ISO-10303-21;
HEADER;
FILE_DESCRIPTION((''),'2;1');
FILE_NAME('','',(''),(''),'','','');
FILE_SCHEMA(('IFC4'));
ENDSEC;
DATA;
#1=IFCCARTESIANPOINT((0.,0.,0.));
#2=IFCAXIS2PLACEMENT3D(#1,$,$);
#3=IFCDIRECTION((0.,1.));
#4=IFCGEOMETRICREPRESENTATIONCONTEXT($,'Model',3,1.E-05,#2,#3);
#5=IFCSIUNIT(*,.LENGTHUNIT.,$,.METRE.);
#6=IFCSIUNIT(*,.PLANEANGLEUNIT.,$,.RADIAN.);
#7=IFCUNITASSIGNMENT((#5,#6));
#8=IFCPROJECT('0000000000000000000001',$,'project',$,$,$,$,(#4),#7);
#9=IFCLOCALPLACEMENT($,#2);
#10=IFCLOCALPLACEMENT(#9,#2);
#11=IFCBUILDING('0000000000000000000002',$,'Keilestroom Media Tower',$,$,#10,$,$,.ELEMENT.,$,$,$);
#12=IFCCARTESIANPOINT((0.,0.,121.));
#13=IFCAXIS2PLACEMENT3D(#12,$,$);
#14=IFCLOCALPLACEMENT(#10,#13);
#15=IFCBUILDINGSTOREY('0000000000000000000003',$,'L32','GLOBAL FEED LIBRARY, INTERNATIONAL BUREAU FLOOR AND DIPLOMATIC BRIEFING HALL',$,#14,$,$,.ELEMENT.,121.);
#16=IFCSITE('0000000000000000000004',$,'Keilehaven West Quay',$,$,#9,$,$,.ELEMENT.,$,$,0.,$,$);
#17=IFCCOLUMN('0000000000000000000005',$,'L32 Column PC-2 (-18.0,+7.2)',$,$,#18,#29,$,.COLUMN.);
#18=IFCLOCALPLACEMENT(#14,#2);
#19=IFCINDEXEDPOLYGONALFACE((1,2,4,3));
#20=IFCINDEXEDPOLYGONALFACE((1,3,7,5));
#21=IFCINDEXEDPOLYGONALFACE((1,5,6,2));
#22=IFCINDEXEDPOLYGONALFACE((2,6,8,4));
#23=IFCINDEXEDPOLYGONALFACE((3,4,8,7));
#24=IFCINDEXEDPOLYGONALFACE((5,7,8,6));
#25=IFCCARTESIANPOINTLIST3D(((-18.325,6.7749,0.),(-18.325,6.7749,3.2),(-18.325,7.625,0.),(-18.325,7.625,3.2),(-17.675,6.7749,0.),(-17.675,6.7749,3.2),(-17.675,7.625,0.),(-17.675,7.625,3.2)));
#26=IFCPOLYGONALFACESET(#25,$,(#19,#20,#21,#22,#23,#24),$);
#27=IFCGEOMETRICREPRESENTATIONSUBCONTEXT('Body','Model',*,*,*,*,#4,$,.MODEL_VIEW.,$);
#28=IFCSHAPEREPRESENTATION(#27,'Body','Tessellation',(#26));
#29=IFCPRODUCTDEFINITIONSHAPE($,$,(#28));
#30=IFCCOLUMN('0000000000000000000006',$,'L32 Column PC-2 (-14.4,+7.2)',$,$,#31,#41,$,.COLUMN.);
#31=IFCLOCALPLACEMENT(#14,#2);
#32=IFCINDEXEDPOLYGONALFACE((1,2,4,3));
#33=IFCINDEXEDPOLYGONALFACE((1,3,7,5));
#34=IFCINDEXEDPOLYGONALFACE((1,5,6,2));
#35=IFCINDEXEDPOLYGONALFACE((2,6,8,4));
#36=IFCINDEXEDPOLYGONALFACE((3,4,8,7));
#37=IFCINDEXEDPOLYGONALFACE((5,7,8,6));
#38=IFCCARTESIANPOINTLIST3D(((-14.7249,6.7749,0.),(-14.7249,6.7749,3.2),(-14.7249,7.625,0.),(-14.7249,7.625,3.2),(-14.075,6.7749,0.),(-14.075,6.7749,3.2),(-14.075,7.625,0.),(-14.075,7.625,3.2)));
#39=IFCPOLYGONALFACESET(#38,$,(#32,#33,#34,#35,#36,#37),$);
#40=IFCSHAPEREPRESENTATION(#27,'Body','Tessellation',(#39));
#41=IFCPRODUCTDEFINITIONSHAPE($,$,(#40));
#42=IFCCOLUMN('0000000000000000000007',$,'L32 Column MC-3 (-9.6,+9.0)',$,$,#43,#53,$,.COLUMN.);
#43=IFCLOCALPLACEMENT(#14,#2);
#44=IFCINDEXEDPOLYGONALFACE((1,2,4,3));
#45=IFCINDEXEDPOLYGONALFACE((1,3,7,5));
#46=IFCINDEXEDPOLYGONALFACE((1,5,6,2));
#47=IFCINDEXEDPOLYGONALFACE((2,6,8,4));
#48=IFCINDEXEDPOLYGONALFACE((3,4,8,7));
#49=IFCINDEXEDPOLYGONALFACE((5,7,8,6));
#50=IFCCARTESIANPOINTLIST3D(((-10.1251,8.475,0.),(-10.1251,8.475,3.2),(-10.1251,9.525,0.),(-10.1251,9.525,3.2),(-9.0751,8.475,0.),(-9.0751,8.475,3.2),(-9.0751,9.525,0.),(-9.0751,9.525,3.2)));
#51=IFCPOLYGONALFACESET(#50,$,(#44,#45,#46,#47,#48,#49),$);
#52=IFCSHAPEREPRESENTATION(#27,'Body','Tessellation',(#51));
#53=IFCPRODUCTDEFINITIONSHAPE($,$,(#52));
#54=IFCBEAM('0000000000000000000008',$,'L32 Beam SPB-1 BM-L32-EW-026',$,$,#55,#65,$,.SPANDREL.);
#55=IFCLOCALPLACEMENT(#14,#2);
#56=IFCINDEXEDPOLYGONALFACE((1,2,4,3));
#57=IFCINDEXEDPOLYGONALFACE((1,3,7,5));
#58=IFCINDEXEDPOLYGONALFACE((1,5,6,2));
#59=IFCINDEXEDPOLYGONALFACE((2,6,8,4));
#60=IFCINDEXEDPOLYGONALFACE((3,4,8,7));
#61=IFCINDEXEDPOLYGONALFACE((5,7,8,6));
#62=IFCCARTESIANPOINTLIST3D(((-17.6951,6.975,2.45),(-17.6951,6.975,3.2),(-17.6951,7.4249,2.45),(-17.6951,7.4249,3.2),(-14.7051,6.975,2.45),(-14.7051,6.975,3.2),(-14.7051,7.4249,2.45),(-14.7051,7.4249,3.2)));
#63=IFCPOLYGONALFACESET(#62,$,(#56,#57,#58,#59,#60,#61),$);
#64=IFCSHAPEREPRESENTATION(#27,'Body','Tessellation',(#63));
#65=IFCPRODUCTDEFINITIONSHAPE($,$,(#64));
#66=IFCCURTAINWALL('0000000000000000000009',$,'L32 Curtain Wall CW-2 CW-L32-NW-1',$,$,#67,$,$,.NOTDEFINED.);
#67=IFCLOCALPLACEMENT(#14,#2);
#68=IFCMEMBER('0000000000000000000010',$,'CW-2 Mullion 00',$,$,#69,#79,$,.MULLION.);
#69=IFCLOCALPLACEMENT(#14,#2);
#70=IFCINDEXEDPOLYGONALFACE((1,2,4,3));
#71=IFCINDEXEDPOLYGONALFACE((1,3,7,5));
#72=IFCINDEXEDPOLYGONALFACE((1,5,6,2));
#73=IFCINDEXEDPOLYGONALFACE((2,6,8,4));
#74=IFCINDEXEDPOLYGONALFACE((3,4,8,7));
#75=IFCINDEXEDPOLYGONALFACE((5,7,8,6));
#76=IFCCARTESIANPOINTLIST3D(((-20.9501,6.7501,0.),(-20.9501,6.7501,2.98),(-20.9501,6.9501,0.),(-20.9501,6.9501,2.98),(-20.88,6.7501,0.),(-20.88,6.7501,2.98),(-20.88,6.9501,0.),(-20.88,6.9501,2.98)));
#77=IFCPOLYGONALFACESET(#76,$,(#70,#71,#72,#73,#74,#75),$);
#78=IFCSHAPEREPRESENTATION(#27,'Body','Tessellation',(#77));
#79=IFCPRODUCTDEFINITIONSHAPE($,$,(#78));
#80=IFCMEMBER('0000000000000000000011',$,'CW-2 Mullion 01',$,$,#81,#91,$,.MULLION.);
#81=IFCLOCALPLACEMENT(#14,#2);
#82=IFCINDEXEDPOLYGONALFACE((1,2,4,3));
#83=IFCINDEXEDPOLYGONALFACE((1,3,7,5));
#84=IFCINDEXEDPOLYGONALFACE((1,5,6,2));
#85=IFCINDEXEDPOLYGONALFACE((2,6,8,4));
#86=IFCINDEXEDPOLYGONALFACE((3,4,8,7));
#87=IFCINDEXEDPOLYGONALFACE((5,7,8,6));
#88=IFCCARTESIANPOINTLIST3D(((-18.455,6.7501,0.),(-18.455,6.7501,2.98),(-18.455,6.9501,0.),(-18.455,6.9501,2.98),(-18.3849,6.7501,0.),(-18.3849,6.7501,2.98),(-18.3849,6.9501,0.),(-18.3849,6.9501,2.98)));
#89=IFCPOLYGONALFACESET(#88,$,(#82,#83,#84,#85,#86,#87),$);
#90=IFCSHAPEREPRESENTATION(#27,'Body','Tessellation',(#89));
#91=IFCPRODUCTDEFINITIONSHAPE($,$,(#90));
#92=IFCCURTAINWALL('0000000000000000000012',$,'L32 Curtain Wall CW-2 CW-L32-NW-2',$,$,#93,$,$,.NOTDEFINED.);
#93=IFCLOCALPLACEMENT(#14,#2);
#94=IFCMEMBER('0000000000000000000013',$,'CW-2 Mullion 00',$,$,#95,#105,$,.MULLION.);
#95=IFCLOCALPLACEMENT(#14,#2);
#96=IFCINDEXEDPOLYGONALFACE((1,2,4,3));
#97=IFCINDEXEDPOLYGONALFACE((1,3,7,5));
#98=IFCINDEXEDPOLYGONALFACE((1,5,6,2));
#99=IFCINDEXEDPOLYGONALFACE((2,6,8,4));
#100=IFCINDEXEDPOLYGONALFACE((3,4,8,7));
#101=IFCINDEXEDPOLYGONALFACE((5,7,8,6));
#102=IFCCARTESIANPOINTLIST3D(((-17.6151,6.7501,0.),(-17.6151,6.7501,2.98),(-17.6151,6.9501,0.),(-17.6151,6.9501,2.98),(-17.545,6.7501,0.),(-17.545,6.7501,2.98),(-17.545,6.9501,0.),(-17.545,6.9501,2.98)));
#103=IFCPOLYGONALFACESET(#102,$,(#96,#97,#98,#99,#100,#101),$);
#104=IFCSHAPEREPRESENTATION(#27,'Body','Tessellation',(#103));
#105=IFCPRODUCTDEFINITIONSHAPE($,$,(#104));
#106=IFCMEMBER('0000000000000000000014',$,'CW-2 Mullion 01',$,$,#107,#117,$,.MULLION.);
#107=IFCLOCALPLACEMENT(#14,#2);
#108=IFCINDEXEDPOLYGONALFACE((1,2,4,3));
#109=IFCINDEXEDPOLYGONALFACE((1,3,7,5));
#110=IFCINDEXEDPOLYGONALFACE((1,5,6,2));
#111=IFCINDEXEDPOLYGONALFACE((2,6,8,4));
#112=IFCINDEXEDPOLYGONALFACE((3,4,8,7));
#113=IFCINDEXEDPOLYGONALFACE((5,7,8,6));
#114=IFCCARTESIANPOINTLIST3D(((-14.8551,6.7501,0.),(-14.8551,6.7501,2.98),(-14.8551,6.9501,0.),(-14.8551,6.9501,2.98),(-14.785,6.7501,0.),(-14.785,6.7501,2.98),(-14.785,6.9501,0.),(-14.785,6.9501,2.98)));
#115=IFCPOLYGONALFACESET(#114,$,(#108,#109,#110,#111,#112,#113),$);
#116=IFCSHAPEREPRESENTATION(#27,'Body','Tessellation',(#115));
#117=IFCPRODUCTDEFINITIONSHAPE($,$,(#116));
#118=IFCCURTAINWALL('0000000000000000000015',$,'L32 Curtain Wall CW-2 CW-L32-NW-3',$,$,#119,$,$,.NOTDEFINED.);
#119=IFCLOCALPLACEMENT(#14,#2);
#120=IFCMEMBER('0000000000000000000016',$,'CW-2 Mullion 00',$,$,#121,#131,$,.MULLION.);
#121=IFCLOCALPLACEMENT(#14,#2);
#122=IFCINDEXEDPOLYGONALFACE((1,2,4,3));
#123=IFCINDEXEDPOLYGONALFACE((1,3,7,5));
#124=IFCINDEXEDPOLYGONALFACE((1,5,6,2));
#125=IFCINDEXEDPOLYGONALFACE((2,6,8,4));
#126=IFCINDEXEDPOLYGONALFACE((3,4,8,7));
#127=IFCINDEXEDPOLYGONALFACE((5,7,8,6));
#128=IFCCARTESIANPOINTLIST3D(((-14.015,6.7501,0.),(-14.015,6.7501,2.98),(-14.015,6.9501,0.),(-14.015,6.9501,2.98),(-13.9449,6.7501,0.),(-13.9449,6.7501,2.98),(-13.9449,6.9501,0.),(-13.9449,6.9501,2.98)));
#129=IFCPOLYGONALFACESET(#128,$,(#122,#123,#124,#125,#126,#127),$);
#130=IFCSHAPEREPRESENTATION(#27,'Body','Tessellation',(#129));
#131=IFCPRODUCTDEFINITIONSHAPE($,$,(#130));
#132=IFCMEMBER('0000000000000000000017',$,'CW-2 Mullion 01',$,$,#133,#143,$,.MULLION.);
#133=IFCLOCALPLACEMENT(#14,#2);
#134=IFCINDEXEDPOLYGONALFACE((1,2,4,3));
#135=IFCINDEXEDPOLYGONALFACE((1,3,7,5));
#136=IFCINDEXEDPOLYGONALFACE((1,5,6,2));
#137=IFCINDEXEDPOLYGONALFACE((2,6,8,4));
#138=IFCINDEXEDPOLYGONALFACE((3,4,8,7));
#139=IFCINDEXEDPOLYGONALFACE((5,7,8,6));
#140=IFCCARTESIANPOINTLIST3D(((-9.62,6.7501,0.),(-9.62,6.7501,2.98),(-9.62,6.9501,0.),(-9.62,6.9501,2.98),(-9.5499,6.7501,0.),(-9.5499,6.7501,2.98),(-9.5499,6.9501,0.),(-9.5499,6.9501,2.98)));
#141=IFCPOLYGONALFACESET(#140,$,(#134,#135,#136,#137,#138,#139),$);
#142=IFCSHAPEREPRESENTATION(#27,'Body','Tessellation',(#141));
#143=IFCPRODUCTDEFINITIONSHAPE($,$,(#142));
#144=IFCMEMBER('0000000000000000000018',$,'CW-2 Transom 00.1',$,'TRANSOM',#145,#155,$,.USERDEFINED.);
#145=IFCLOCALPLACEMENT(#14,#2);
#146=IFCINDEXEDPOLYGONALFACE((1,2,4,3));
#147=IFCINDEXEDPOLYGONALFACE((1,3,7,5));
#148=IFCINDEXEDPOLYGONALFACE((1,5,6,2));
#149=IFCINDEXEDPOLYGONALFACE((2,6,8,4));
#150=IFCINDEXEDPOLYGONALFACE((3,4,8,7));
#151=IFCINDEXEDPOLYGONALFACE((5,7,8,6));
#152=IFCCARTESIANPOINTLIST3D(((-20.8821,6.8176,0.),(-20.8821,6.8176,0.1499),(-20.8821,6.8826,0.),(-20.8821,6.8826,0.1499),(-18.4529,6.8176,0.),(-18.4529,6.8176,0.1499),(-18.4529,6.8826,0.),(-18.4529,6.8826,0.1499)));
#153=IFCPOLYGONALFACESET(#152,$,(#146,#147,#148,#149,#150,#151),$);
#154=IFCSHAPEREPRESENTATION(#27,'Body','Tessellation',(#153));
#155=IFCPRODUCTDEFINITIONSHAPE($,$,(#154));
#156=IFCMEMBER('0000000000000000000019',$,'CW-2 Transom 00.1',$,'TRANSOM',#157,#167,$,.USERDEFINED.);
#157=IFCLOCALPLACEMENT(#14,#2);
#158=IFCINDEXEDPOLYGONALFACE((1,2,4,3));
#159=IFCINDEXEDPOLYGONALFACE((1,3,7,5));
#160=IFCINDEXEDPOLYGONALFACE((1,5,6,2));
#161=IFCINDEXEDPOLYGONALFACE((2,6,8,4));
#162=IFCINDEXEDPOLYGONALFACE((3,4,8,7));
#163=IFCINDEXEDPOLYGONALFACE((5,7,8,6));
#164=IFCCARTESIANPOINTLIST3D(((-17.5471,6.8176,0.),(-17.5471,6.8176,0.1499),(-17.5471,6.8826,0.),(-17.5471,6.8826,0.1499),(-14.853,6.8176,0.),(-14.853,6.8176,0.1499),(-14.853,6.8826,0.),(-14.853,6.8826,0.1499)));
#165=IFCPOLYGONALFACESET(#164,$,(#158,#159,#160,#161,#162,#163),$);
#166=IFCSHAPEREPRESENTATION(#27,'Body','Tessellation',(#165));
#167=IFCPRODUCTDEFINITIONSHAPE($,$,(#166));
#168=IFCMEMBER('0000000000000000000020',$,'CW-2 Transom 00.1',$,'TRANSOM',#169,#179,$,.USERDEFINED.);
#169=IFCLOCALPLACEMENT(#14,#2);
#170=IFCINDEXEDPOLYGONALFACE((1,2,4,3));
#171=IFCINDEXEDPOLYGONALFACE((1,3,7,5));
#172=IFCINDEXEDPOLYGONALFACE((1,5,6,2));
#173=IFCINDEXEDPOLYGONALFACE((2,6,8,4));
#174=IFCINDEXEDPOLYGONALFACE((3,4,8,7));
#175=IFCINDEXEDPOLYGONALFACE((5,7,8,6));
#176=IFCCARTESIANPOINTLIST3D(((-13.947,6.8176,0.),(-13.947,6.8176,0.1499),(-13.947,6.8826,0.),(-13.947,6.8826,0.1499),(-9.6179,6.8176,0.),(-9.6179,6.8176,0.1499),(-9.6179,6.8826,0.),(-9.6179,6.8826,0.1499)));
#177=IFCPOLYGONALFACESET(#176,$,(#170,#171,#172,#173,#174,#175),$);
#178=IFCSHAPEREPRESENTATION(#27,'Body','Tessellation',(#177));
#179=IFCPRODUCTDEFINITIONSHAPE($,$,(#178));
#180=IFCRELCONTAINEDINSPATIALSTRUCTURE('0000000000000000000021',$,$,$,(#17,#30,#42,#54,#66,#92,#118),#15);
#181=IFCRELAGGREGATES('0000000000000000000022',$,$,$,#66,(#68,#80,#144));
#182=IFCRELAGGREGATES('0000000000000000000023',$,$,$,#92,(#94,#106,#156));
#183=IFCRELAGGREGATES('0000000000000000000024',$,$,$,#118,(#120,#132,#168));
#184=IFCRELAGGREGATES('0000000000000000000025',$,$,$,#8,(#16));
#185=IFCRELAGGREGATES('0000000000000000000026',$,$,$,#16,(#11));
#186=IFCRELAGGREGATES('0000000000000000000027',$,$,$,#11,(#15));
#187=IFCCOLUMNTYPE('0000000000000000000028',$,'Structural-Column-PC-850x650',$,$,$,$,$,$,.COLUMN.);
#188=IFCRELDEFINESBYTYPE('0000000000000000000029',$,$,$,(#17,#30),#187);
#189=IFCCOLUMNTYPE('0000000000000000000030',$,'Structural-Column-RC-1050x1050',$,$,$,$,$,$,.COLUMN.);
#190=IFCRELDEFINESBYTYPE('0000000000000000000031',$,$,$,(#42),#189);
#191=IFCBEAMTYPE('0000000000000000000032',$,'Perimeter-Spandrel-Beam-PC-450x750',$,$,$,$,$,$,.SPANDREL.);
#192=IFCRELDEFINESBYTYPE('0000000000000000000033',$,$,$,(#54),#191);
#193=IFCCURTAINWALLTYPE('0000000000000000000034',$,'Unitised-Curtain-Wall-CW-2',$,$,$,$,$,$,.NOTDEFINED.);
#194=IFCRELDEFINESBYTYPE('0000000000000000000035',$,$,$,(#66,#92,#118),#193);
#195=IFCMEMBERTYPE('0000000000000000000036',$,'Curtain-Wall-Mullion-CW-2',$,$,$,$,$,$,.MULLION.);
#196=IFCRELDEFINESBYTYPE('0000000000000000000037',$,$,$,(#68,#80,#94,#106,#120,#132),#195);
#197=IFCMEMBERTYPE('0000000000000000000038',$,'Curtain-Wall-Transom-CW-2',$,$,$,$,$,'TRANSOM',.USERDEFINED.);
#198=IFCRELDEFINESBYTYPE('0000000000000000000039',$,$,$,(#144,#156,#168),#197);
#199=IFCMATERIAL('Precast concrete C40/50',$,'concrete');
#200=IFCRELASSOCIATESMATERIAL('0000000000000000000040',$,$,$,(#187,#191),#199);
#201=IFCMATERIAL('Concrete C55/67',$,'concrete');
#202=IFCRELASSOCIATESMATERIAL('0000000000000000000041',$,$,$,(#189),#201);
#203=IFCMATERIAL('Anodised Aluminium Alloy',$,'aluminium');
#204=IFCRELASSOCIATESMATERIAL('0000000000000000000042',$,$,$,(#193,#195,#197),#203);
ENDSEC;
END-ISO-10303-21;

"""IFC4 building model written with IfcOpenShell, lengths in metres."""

from ifc_helpers import new_model, si_unit, direction, frame, origin, origin_2d, place, context, subcontext, project, spatial, rectangle, extrude, source, transform, mapped, material, material_profile, profile_set, type_object, element, aggregate, save


model = new_model("IFC4")

# Units and contexts
model_context = context("Model", 3, precision=1e-05, world=origin(), true_north=direction((0.0, 1.0)))
body_context = subcontext(model_context, "Body", "Model", "MODEL_VIEW")
ifc_project = project(units=[si_unit("LENGTHUNIT", "METRE"), si_unit("PLANEANGLEUNIT", "RADIAN")], contexts=[model_context])

# Site, building, storey
site_placement = place(None, origin())
site = spatial("IfcSite", under=ifc_project, at=site_placement, Name="Keilehaven West Quay", CompositionType="ELEMENT", RefElevation=0.0)
building_placement = place(site_placement, origin())
building = spatial("IfcBuilding", under=site, at=building_placement, Name="Keilestroom Media Tower", CompositionType="ELEMENT")
storey_placement = place(building_placement, frame((0.0, 0.0, 121.0)))
storey = spatial("IfcBuildingStorey", under=building, at=storey_placement, Name="L32", Description="GLOBAL FEED LIBRARY, INTERNATIONAL BUREAU FLOOR AND DIPLOMATIC BRIEFING HALL", CompositionType="ELEMENT", Elevation=121.0)

# Columns
ifc_material_1 = material(Name="Precast concrete C40/50", Category="concrete")
ifc_material_profile_1 = material_profile(ifc_material_1, rectangle(XDim=0.6499, YDim=0.8501, at=origin_2d()), Name="PC 850x650")
ifc_profile_set_1 = profile_set([ifc_material_profile_1], Name="Precast concrete C40/50")
column_type_1 = type_object("IfcColumnType", Name="Structural-Column-PC-850x650", PredefinedType="COLUMN", material=ifc_profile_set_1)
shared_shape_1 = source(origin(), body_context, "Body", "SweptSolid", [
    extrude(rectangle(XDim=0.6499, YDim=0.8501, at=origin_2d()), origin(), (0.0, 0.0, 1.0), 3.2),
])
for number, where, z_axis, x_axis, name in (
    (1, (-18.0, 7.2, 0.0), (0.0, 0.0, 1.0), (1.0, 0.0, 0.0), "L32 Column PC-2 (-18.0,+7.2)"),
    (2, (-14.3999, 7.2, 0.0), (0.0, 0.0, 1.0), (1.0, 0.0, 0.0), "L32 Column PC-2 (-14.4,+7.2)"),
):
    element("IfcColumn", number, at=place(storey_placement, frame(where, z_axis=z_axis, x_axis=x_axis)), inside=storey, type_object=column_type_1, Name=name, PredefinedType="COLUMN", context=body_context, shape_type="MappedRepresentation", body=[
        mapped(shared_shape_1, transform((0.0, 0.0, 0.0), x_axis=(1.0, 0.0, 0.0), y_axis=(0.0, 1.0, 0.0), z_axis=(0.0, 0.0, 1.0), scale=1.0)),
    ])
ifc_material_2 = material(Name="Concrete C55/67", Category="concrete")
ifc_material_profile_2 = material_profile(ifc_material_2, rectangle(XDim=1.05, YDim=1.05, at=origin_2d()), Name="RC 1050x1050")
ifc_profile_set_2 = profile_set([ifc_material_profile_2], Name="Concrete C55/67")
column_type_2 = type_object("IfcColumnType", Name="Structural-Column-RC-1050x1050", PredefinedType="COLUMN", material=ifc_profile_set_2)
shared_shape_2 = source(origin(), body_context, "Body", "SweptSolid", [
    extrude(rectangle(XDim=1.05, YDim=1.05, at=origin_2d()), origin(), (0.0, 0.0, 1.0), 3.2),
])
column_placement = place(storey_placement, frame((-9.6001, 9.0, 0.0), z_axis=(0.0, 0.0, 1.0), x_axis=(1.0, 0.0, 0.0)))
element("IfcColumn", 3, at=column_placement, inside=storey, type_object=column_type_2, Name="L32 Column MC-3 (-9.6,+9.0)", PredefinedType="COLUMN", context=body_context, shape_type="MappedRepresentation", body=[
    mapped(shared_shape_2, transform((0.0, 0.0, 0.0), x_axis=(1.0, 0.0, 0.0), y_axis=(0.0, 1.0, 0.0), z_axis=(0.0, 0.0, 1.0), scale=1.0)),
])

# Beam
ifc_material_profile_3 = material_profile(ifc_material_1, rectangle(XDim=0.45, YDim=0.75, at=origin_2d()), Name="PC 450x750")
ifc_profile_set_3 = profile_set([ifc_material_profile_3], Name="Precast concrete C40/50")
beam_type = type_object("IfcBeamType", Name="Perimeter-Spandrel-Beam-PC-450x750", PredefinedType="SPANDREL", material=ifc_profile_set_3)
shared_shape_3 = source(origin(), body_context, "Body", "SweptSolid", [
    extrude(rectangle(XDim=0.45, YDim=0.75, at=origin_2d()), origin(), (0.0, 0.0, 1.0), 2.99),
])
beam_placement = place(storey_placement, frame((-17.6951, 7.2, 2.825), z_axis=(1.0, 0.0, 0.0), x_axis=(0.0, 1.0, 0.0)))
element("IfcBeam", 4, at=beam_placement, inside=storey, type_object=beam_type, Name="L32 Beam SPB-1 BM-L32-EW-026", PredefinedType="SPANDREL", context=body_context, shape_type="MappedRepresentation", body=[
    mapped(shared_shape_3, transform((0.0, 0.0, 0.0), x_axis=(1.0, 0.0, 0.0), y_axis=(0.0, 1.0, 0.0), z_axis=(0.0, 0.0, 1.0), scale=1.0)),
])

# Curtain walls, members
ifc_material_3 = material(Name="Anodised Aluminium Alloy", Category="aluminium")
curtain_wall_type = type_object("IfcCurtainWallType", Name="Unitised-Curtain-Wall-CW-2", PredefinedType="NOTDEFINED", material=ifc_material_3)
curtain_wall_1_placement = place(storey_placement, origin())
curtain_wall_1 = element("IfcCurtainWall", 5, at=curtain_wall_1_placement, inside=storey, type_object=curtain_wall_type, Name="L32 Curtain Wall CW-2 CW-L32-NW-1", PredefinedType="NOTDEFINED")
ifc_material_profile_4 = material_profile(ifc_material_3, rectangle(XDim=0.0701, YDim=0.2, at=origin_2d()), Name="ALU MULLION 70x200")
ifc_profile_set_4 = profile_set([ifc_material_profile_4], Name="Anodised Aluminium Alloy")
member_type_1 = type_object("IfcMemberType", Name="Curtain-Wall-Mullion-CW-2", PredefinedType="MULLION", material=ifc_profile_set_4)
shared_shape_4 = source(origin(), body_context, "Body", "SweptSolid", [
    extrude(rectangle(XDim=0.0701, YDim=0.2, at=origin_2d()), origin(), (0.0, 0.0, 1.0), 2.98),
])
member_1_placement = place(storey_placement, frame((-20.915, 6.8501, 0.0), z_axis=(0.0, 0.0, 1.0), x_axis=(1.0, 0.0, 0.0)))
member_1 = element("IfcMember", 6, at=member_1_placement, type_object=member_type_1, Name="CW-2 Mullion 00", PredefinedType="MULLION", context=body_context, shape_type="MappedRepresentation", body=[
    mapped(shared_shape_4, transform((0.0, 0.0, 0.0), x_axis=(1.0, 0.0, 0.0), y_axis=(0.0, 1.0, 0.0), z_axis=(0.0, 0.0, 1.0), scale=1.0)),
])
member_2_placement = place(storey_placement, frame((-18.4199, 6.8501, 0.0), z_axis=(0.0, 0.0, 1.0), x_axis=(1.0, 0.0, 0.0)))
member_2 = element("IfcMember", 7, at=member_2_placement, type_object=member_type_1, Name="CW-2 Mullion 01", PredefinedType="MULLION", context=body_context, shape_type="MappedRepresentation", body=[
    mapped(shared_shape_4, transform((0.0, 0.0, 0.0), x_axis=(1.0, 0.0, 0.0), y_axis=(0.0, 1.0, 0.0), z_axis=(0.0, 0.0, 1.0), scale=1.0)),
])
curtain_wall_2_placement = place(storey_placement, origin())
curtain_wall_2 = element("IfcCurtainWall", 8, at=curtain_wall_2_placement, inside=storey, type_object=curtain_wall_type, Name="L32 Curtain Wall CW-2 CW-L32-NW-2", PredefinedType="NOTDEFINED")
member_3_placement = place(storey_placement, frame((-17.5801, 6.8501, 0.0), z_axis=(0.0, 0.0, 1.0), x_axis=(1.0, 0.0, 0.0)))
member_3 = element("IfcMember", 9, at=member_3_placement, type_object=member_type_1, Name="CW-2 Mullion 00", PredefinedType="MULLION", context=body_context, shape_type="MappedRepresentation", body=[
    mapped(shared_shape_4, transform((0.0, 0.0, 0.0), x_axis=(1.0, 0.0, 0.0), y_axis=(0.0, 1.0, 0.0), z_axis=(0.0, 0.0, 1.0), scale=1.0)),
])
member_4_placement = place(storey_placement, frame((-14.8201, 6.8501, 0.0), z_axis=(0.0, 0.0, 1.0), x_axis=(1.0, 0.0, 0.0)))
member_4 = element("IfcMember", 10, at=member_4_placement, type_object=member_type_1, Name="CW-2 Mullion 01", PredefinedType="MULLION", context=body_context, shape_type="MappedRepresentation", body=[
    mapped(shared_shape_4, transform((0.0, 0.0, 0.0), x_axis=(1.0, 0.0, 0.0), y_axis=(0.0, 1.0, 0.0), z_axis=(0.0, 0.0, 1.0), scale=1.0)),
])
curtain_wall_3_placement = place(storey_placement, origin())
curtain_wall_3 = element("IfcCurtainWall", 11, at=curtain_wall_3_placement, inside=storey, type_object=curtain_wall_type, Name="L32 Curtain Wall CW-2 CW-L32-NW-3", PredefinedType="NOTDEFINED")
member_5_placement = place(storey_placement, frame((-13.98, 6.8501, 0.0), z_axis=(0.0, 0.0, 1.0), x_axis=(1.0, 0.0, 0.0)))
member_5 = element("IfcMember", 12, at=member_5_placement, type_object=member_type_1, Name="CW-2 Mullion 00", PredefinedType="MULLION", context=body_context, shape_type="MappedRepresentation", body=[
    mapped(shared_shape_4, transform((0.0, 0.0, 0.0), x_axis=(1.0, 0.0, 0.0), y_axis=(0.0, 1.0, 0.0), z_axis=(0.0, 0.0, 1.0), scale=1.0)),
])
member_6_placement = place(storey_placement, frame((-9.585, 6.8501, 0.0), z_axis=(0.0, 0.0, 1.0), x_axis=(1.0, 0.0, 0.0)))
member_6 = element("IfcMember", 13, at=member_6_placement, type_object=member_type_1, Name="CW-2 Mullion 01", PredefinedType="MULLION", context=body_context, shape_type="MappedRepresentation", body=[
    mapped(shared_shape_4, transform((0.0, 0.0, 0.0), x_axis=(1.0, 0.0, 0.0), y_axis=(0.0, 1.0, 0.0), z_axis=(0.0, 0.0, 1.0), scale=1.0)),
])

# Members
ifc_material_profile_5 = material_profile(ifc_material_3, rectangle(XDim=0.0649, YDim=0.1499, at=origin_2d()), Name="ALU TRANSOM 65x150")
ifc_profile_set_5 = profile_set([ifc_material_profile_5], Name="Anodised Aluminium Alloy")
member_type_2 = type_object("IfcMemberType", Name="Curtain-Wall-Transom-CW-2", ElementType="TRANSOM", PredefinedType="USERDEFINED", material=ifc_profile_set_5)
shared_shape_5 = source(origin(), body_context, "Body", "SweptSolid", [
    extrude(rectangle(XDim=0.0649, YDim=0.1499, at=origin_2d()), origin(), (0.0, 0.0, 1.0), 2.4292),
])
member_7_placement = place(storey_placement, frame((-20.8821, 6.8501, 0.075), z_axis=(1.0, 0.0, 0.0), x_axis=(0.0, 1.0, 0.0)))
member_7 = element("IfcMember", 14, at=member_7_placement, type_object=member_type_2, Name="CW-2 Transom 00.1", ObjectType="TRANSOM", PredefinedType="USERDEFINED", context=body_context, shape_type="MappedRepresentation", body=[
    mapped(shared_shape_5, transform((0.0, 0.0, 0.0), x_axis=(1.0, 0.0, 0.0), y_axis=(0.0, 1.0, 0.0), z_axis=(0.0, 0.0, 1.0), scale=1.0)),
])
shared_shape_6 = source(origin(), body_context, "Body", "SweptSolid", [
    extrude(rectangle(XDim=0.0649, YDim=0.1499, at=origin_2d()), origin(), (0.0, 0.0, 1.0), 2.6941),
])
member_8_placement = place(storey_placement, frame((-17.5471, 6.8501, 0.075), z_axis=(1.0, 0.0, 0.0), x_axis=(0.0, 1.0, 0.0)))
member_8 = element("IfcMember", 15, at=member_8_placement, type_object=member_type_2, Name="CW-2 Transom 00.1", ObjectType="TRANSOM", PredefinedType="USERDEFINED", context=body_context, shape_type="MappedRepresentation", body=[
    mapped(shared_shape_6, transform((0.0, 0.0, 0.0), x_axis=(1.0, 0.0, 0.0), y_axis=(0.0, 1.0, 0.0), z_axis=(0.0, 0.0, 1.0), scale=1.0)),
])
shared_shape_7 = source(origin(), body_context, "Body", "SweptSolid", [
    extrude(rectangle(XDim=0.0649, YDim=0.1499, at=origin_2d()), origin(), (0.0, 0.0, 1.0), 4.3291),
])
member_9_placement = place(storey_placement, frame((-13.947, 6.8501, 0.075), z_axis=(1.0, 0.0, 0.0), x_axis=(0.0, 1.0, 0.0)))
member_9 = element("IfcMember", 16, at=member_9_placement, type_object=member_type_2, Name="CW-2 Transom 00.1", ObjectType="TRANSOM", PredefinedType="USERDEFINED", context=body_context, shape_type="MappedRepresentation", body=[
    mapped(shared_shape_7, transform((0.0, 0.0, 0.0), x_axis=(1.0, 0.0, 0.0), y_axis=(0.0, 1.0, 0.0), z_axis=(0.0, 0.0, 1.0), scale=1.0)),
])

aggregate(curtain_wall_1, [member_1, member_2, member_7])
aggregate(curtain_wall_2, [member_3, member_4, member_8])
aggregate(curtain_wall_3, [member_5, member_6, member_9])

save(model, "model.ifc")
